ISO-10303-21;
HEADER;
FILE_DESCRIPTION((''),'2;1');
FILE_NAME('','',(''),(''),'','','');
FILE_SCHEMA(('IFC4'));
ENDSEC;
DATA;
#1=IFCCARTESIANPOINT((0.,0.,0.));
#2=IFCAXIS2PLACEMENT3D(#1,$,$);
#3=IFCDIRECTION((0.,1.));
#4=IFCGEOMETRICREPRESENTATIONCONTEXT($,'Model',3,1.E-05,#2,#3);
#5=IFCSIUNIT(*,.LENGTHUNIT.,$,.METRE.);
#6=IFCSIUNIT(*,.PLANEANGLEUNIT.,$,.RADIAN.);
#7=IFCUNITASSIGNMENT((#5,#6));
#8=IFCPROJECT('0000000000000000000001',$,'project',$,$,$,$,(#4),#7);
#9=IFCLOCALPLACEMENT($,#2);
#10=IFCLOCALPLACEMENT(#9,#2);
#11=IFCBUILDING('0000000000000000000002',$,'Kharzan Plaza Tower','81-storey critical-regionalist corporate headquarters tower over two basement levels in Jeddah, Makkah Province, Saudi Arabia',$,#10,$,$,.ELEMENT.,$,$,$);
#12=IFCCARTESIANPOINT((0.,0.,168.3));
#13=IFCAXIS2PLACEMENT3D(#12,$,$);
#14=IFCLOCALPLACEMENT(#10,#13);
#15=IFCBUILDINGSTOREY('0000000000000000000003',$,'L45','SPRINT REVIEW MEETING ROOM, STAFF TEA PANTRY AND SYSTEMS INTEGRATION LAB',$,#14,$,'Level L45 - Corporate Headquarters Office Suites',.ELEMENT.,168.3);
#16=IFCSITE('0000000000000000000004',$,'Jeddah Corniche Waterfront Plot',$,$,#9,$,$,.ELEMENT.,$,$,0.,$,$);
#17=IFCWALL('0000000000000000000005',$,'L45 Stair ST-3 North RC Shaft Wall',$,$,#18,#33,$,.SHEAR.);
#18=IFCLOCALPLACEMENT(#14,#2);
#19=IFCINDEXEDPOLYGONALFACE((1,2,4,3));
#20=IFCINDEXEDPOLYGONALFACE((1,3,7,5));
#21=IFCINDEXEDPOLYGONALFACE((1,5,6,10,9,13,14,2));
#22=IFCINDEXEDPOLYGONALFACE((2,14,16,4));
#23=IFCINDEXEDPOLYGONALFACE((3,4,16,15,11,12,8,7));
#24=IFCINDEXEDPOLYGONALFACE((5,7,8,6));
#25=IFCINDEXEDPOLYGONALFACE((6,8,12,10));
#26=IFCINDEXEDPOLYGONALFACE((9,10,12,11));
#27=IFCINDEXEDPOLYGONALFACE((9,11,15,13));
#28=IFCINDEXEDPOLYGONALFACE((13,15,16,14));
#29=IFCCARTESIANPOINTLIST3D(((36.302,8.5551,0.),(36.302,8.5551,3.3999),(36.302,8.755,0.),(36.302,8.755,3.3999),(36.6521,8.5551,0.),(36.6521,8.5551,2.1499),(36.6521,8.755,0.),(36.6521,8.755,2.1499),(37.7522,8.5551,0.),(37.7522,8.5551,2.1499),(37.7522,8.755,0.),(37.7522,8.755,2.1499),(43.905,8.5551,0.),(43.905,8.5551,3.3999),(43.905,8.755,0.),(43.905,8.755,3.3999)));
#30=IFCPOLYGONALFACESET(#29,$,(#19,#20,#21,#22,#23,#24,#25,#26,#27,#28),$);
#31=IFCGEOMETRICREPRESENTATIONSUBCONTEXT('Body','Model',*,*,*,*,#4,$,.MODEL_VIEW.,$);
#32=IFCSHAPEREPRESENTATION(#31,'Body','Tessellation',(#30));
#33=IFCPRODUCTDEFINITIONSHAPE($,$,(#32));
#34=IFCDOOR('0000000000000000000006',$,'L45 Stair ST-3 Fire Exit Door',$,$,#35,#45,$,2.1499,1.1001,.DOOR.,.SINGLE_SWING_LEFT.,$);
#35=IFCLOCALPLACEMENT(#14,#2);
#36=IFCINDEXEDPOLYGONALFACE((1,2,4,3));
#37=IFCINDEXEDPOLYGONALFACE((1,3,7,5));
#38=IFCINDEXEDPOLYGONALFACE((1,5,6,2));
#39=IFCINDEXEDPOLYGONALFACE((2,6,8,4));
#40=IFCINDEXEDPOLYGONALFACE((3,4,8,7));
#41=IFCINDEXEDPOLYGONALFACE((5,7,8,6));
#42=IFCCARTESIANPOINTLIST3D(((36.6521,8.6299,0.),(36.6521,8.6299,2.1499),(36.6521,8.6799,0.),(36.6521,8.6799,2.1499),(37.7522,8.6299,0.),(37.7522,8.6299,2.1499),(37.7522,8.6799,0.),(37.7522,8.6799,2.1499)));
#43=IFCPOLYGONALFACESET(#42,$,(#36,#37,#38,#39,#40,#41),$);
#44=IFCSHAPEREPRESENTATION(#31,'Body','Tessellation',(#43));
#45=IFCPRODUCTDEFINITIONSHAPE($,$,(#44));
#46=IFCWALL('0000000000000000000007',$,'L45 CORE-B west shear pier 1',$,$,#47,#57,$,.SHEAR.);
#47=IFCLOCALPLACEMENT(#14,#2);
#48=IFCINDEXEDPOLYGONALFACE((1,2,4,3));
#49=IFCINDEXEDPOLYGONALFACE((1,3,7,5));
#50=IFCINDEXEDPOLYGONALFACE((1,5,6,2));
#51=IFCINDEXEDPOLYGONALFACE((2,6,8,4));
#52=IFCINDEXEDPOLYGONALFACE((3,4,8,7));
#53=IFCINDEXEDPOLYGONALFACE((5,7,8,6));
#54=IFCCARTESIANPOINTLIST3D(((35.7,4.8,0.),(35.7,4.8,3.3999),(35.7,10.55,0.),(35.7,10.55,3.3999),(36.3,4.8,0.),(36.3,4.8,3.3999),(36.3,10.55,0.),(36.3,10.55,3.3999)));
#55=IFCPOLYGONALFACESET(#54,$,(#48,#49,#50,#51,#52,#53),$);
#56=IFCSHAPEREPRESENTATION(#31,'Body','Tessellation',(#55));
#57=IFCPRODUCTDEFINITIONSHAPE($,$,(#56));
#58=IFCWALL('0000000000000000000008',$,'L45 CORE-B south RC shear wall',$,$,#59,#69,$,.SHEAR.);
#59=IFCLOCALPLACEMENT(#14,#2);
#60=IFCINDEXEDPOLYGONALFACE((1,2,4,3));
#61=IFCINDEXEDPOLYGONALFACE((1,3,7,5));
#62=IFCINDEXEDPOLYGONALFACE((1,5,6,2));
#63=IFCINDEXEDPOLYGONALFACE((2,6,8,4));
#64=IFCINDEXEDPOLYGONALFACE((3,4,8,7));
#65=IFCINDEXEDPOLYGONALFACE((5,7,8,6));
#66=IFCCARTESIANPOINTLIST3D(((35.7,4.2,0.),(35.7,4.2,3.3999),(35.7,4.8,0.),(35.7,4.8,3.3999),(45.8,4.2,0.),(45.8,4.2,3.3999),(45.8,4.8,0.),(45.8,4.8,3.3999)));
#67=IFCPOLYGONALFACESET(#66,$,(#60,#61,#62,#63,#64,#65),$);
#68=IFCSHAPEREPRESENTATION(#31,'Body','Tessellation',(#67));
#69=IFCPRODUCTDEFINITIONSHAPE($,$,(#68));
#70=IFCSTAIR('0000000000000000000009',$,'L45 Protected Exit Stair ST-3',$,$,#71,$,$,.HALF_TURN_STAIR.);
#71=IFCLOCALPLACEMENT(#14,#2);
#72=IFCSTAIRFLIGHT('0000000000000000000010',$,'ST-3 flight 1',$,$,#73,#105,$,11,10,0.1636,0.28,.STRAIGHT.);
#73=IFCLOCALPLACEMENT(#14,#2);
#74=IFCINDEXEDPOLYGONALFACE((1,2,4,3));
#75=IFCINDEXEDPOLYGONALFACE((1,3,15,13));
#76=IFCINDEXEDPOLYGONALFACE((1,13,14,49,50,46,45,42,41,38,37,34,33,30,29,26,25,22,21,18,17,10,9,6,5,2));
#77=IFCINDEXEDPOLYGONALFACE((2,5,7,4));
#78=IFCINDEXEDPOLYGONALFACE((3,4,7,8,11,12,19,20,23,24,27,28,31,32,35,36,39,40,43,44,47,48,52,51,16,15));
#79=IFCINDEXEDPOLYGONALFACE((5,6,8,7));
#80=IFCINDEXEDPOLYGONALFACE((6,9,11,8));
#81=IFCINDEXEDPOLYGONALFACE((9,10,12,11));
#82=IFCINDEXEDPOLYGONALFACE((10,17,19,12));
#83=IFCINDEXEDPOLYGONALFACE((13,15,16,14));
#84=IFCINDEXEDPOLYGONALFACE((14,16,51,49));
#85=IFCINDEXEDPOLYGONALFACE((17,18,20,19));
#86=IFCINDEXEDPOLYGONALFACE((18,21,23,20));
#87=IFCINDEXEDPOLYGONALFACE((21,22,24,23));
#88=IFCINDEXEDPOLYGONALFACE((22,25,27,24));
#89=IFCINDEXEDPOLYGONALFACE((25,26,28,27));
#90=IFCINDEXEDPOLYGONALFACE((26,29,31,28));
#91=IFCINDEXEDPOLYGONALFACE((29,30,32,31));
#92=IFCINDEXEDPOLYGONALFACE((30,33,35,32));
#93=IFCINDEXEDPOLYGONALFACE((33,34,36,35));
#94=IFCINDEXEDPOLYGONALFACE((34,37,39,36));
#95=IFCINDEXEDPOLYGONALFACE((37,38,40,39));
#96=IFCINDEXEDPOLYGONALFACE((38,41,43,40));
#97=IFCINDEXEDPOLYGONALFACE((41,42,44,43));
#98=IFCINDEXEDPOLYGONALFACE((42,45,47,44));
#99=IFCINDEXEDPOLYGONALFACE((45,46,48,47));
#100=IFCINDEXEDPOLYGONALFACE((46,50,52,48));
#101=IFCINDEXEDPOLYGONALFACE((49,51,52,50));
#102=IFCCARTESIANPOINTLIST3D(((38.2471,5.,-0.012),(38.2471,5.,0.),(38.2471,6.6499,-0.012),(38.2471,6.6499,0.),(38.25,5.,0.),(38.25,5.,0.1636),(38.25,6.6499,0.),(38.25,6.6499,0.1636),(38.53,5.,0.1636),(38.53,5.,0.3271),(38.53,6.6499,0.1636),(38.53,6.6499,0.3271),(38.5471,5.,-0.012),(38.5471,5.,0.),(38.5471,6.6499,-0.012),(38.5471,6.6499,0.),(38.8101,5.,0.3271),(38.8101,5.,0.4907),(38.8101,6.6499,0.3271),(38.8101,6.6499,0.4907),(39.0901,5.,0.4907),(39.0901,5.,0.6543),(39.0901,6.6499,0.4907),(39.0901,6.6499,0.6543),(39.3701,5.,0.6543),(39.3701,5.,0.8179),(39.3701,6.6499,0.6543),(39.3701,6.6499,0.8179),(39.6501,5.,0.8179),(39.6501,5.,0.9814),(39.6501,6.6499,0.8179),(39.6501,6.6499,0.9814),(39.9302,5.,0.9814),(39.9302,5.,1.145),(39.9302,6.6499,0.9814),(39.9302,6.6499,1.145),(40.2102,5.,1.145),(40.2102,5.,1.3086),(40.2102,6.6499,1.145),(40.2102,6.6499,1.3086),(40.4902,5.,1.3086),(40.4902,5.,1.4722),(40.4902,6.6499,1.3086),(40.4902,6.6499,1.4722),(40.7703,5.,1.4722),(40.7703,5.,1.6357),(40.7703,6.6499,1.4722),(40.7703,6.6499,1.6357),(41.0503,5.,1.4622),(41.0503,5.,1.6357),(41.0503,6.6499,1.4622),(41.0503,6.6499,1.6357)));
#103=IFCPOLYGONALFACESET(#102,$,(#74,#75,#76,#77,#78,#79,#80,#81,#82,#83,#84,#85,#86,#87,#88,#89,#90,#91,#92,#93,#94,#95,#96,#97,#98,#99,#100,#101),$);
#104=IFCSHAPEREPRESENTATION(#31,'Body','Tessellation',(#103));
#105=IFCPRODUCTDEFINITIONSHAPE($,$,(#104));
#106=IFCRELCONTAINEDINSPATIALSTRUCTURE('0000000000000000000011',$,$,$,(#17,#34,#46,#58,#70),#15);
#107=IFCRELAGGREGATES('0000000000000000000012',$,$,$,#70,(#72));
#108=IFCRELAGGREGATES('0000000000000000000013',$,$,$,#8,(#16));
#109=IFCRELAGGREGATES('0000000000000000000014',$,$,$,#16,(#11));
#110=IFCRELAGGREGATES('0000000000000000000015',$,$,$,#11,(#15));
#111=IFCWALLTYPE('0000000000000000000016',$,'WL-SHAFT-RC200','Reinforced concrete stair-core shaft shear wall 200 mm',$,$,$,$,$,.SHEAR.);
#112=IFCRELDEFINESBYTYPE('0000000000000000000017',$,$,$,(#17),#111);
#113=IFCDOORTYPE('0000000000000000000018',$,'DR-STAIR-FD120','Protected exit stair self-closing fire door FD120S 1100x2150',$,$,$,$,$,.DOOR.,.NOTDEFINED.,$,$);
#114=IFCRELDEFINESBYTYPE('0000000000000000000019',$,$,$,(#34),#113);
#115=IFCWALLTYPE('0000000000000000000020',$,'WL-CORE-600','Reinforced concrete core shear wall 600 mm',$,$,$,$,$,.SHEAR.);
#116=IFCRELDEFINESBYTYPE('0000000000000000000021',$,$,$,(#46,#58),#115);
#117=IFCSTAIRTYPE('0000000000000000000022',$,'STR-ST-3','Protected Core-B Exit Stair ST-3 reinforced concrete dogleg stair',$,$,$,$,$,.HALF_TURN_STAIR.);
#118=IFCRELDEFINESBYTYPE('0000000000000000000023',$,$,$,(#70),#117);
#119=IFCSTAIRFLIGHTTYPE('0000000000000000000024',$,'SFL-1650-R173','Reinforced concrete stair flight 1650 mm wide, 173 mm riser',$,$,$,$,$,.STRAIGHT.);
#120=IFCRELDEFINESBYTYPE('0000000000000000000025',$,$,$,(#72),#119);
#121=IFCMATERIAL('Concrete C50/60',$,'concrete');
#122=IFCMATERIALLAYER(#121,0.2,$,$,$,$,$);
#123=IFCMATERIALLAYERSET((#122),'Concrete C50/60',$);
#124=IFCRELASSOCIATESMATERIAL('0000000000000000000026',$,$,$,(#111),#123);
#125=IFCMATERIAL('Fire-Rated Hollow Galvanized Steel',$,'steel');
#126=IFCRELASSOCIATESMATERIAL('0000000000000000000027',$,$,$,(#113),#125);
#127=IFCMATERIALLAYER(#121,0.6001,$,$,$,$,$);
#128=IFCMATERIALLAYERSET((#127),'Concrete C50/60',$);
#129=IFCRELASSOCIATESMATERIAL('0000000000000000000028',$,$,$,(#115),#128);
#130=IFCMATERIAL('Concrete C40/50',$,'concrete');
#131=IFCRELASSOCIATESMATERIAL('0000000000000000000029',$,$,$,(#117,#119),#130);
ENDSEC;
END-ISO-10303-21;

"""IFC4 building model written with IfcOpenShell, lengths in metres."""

from ifc_helpers import new_model, si_unit, direction, frame, frame_2d, origin, place, context, subcontext, project, spatial, polyline, rectangle, outline, extrude, source, transform, mapped, material, layer, layer_set, type_object, element, fill, aggregate, save


model = new_model("IFC4")

# Units and contexts
model_context = context("Model", 3, precision=1e-05, world=origin(), true_north=direction((0.0, 1.0)))
body_context = subcontext(model_context, "Body", "Model", "MODEL_VIEW")
ifc_project = project(units=[si_unit("LENGTHUNIT", "METRE"), si_unit("PLANEANGLEUNIT", "RADIAN")], contexts=[model_context])

# Site, building, storey
site_placement = place(None, origin())
site = spatial("IfcSite", under=ifc_project, at=site_placement, Name="Jeddah Corniche Waterfront Plot", CompositionType="ELEMENT", RefElevation=0.0)
building_placement = place(site_placement, origin())
building = spatial("IfcBuilding", under=site, at=building_placement, Name="Kharzan Plaza Tower", Description="81-storey critical-regionalist corporate headquarters tower over two basement levels in Jeddah, Makkah Province, Saudi Arabia", CompositionType="ELEMENT")
storey_placement = place(building_placement, frame((0.0, 0.0, 168.3)))
storey = spatial("IfcBuildingStorey", under=building, at=storey_placement, Name="L45", Description="SPRINT REVIEW MEETING ROOM, STAFF TEA PANTRY AND SYSTEMS INTEGRATION LAB", LongName="Level L45 - Corporate Headquarters Office Suites", CompositionType="ELEMENT", Elevation=168.3)

# Shared definitions
ifc_material_1 = material(Name="Concrete C50/60", Category="concrete")

# Shared definitions
ifc_material_2 = material(Name="Concrete C40/50", Category="concrete")

# Wall, opening, door
ifc_layer_1 = layer(ifc_material_1, 0.2)
ifc_layer_set_1 = layer_set([ifc_layer_1], Name="Concrete C50/60")
wall_type_1 = type_object("IfcWallType", Name="WL-SHAFT-RC200", Description="Reinforced concrete stair-core shaft shear wall 200 mm", PredefinedType="SHEAR", material=ifc_layer_set_1)
wall_1_placement = place(storey_placement, frame((36.302, 8.655, 0.0), z_axis=(0.0, 0.0, 1.0), x_axis=(1.0, 0.0, 0.0)))
wall_1 = element("IfcWall", 1, at=wall_1_placement, inside=storey, type_object=wall_type_1, Name="L45 Stair ST-3 North RC Shaft Wall", PredefinedType="SHEAR", context=body_context, shape_type="SweptSolid", body=[
    extrude(rectangle(XDim=7.603, YDim=0.2, at=frame_2d((3.8015, 0.0))), origin(), (0.0, 0.0, 1.0), 3.3999),
])
opening_1_placement = place(wall_1_placement, frame((0.3501, 0.0, 0.0)))
opening_1 = element("IfcOpeningElement", 2, at=opening_1_placement, cuts=wall_1, PredefinedType="OPENING", context=body_context, shape_type="SweptSolid", body=[
    extrude(rectangle(XDim=1.1001, YDim=2.1499, at=frame_2d((0.55, 1.075))), frame((0.0, 0.1099, 0.0), z_axis=(0.0, -1.0, 0.0), x_axis=(1.0, 0.0, 0.0)), (0.0, 0.0, 1.0), 0.22),
])
ifc_material_3 = material(Name="Fire-Rated Hollow Galvanized Steel", Category="steel")
door_type = type_object("IfcDoorType", Name="DR-STAIR-FD120", Description="Protected exit stair self-closing fire door FD120S 1100x2150", OperationType="NOTDEFINED", PredefinedType="DOOR", material=ifc_material_3)
shared_shape_1 = source(origin(), body_context, "Body", "SweptSolid", [
    extrude(rectangle(XDim=1.1001, YDim=2.1499, at=frame_2d((0.55, 1.075))), frame((0.0, 0.0249, 0.0), z_axis=(0.0, -1.0, 0.0), x_axis=(1.0, 0.0, 0.0)), (0.0, 0.0, 1.0), 0.05),
])
door_placement = place(opening_1_placement, origin())
door = element("IfcDoor", 3, at=door_placement, inside=storey, type_object=door_type, Name="L45 Stair ST-3 Fire Exit Door", OperationType="SINGLE_SWING_LEFT", OverallHeight=2.1499, OverallWidth=1.1001, PredefinedType="DOOR", context=body_context, shape_type="MappedRepresentation", body=[
    mapped(shared_shape_1, transform((0.0, 0.0, 0.0), x_axis=(1.0, 0.0, 0.0), y_axis=(0.0, 1.0, 0.0), z_axis=(0.0, 0.0, 1.0))),
])
fill(opening_1, door)

# Walls
ifc_layer_2 = layer(ifc_material_1, 0.6001)
ifc_layer_set_2 = layer_set([ifc_layer_2], Name="Concrete C50/60")
wall_type_2 = type_object("IfcWallType", Name="WL-CORE-600", Description="Reinforced concrete core shear wall 600 mm", PredefinedType="SHEAR", material=ifc_layer_set_2)
shared_shape_2 = source(origin(), body_context, "Body", "SweptSolid", [
    extrude(rectangle(XDim=5.75, YDim=0.6001, at=frame_2d((2.875, 0.0))), origin(), (0.0, 0.0, 1.0), 3.3999),
])
wall_2_placement = place(storey_placement, frame((36.0, 4.8, 0.0), z_axis=(0.0, 0.0, 1.0), x_axis=(0.0, 1.0, 0.0)))
element("IfcWall", 4, at=wall_2_placement, inside=storey, type_object=wall_type_2, Name="L45 CORE-B west shear pier 1", PredefinedType="SHEAR", context=body_context, shape_type="MappedRepresentation", body=[
    mapped(shared_shape_2, transform((0.0, 0.0, 0.0), x_axis=(1.0, 0.0, 0.0), y_axis=(0.0, 1.0, 0.0), z_axis=(0.0, 0.0, 1.0))),
])
shared_shape_3 = source(origin(), body_context, "Body", "SweptSolid", [
    extrude(rectangle(XDim=10.1001, YDim=0.6001, at=frame_2d((5.05, 0.0))), origin(), (0.0, 0.0, 1.0), 3.3999),
])
wall_3_placement = place(storey_placement, frame((35.7, 4.5, 0.0), z_axis=(0.0, 0.0, 1.0), x_axis=(1.0, 0.0, 0.0)))
element("IfcWall", 5, at=wall_3_placement, inside=storey, type_object=wall_type_2, Name="L45 CORE-B south RC shear wall", PredefinedType="SHEAR", context=body_context, shape_type="MappedRepresentation", body=[
    mapped(shared_shape_3, transform((0.0, 0.0, 0.0), x_axis=(1.0, 0.0, 0.0), y_axis=(0.0, 1.0, 0.0), z_axis=(0.0, 0.0, 1.0))),
])

# Stair, stair flight
stair_type = type_object("IfcStairType", Name="STR-ST-3", Description="Protected Core-B Exit Stair ST-3 reinforced concrete dogleg stair", PredefinedType="HALF_TURN_STAIR", material=ifc_material_2)
stair_placement = place(storey_placement, origin())
stair = element("IfcStair", 6, at=stair_placement, inside=storey, type_object=stair_type, Name="L45 Protected Exit Stair ST-3", PredefinedType="HALF_TURN_STAIR")
stair_flight_type = type_object("IfcStairFlightType", Name="SFL-1650-R173", Description="Reinforced concrete stair flight 1650 mm wide, 173 mm riser", PredefinedType="STRAIGHT", material=ifc_material_2)
shared_shape_4 = source(origin(), body_context, "Body", "SweptSolid", [
    extrude(outline(polyline([(-0.0029, -0.012), (-0.0029, 0.0), (0.0, 0.0), (0.0, 0.1636), (0.28, 0.1636), (0.28, 0.3271), (0.5601, 0.3271), (0.5601, 0.4907), (0.8401, 0.4907), (0.8401, 0.6543), (1.1201, 0.6543), (1.1201, 0.8179), (1.4001, 0.8179), (1.4001, 0.9814), (1.6802, 0.9814), (1.6802, 1.145), (1.9602, 1.145), (1.9602, 1.3086), (2.2402, 1.3086), (2.2402, 1.4722), (2.5203, 1.4722), (2.5203, 1.6357), (2.8003, 1.6357), (2.8003, 1.7993), (2.8003, 1.4622), (0.2971, 0.0), (0.2971, -0.012), (-0.0029, -0.012)])), frame((0.0, 0.825, 0.0), z_axis=(0.0, -1.0, 0.0), x_axis=(1.0, 0.0, 0.0)), (0.0, 0.0, 1.0), 1.6499),
])
stair_flight_placement = place(storey_placement, frame((38.25, 5.825, 0.0), z_axis=(0.0, 0.0, 1.0), x_axis=(1.0, 0.0, 0.0)))
stair_flight = element("IfcStairFlight", 7, at=stair_flight_placement, type_object=stair_flight_type, Name="ST-3 flight 1", NumberOfRisers=11, NumberOfTreads=10, PredefinedType="STRAIGHT", RiserHeight=0.1636, TreadLength=0.28, context=body_context, shape_type="MappedRepresentation", body=[
    mapped(shared_shape_4, transform((0.0, 0.0, 0.0), x_axis=(1.0, 0.0, 0.0), y_axis=(0.0, 1.0, 0.0), z_axis=(0.0, 0.0, 1.0))),
])
aggregate(stair, [stair_flight])

save(model, "model.ifc")
